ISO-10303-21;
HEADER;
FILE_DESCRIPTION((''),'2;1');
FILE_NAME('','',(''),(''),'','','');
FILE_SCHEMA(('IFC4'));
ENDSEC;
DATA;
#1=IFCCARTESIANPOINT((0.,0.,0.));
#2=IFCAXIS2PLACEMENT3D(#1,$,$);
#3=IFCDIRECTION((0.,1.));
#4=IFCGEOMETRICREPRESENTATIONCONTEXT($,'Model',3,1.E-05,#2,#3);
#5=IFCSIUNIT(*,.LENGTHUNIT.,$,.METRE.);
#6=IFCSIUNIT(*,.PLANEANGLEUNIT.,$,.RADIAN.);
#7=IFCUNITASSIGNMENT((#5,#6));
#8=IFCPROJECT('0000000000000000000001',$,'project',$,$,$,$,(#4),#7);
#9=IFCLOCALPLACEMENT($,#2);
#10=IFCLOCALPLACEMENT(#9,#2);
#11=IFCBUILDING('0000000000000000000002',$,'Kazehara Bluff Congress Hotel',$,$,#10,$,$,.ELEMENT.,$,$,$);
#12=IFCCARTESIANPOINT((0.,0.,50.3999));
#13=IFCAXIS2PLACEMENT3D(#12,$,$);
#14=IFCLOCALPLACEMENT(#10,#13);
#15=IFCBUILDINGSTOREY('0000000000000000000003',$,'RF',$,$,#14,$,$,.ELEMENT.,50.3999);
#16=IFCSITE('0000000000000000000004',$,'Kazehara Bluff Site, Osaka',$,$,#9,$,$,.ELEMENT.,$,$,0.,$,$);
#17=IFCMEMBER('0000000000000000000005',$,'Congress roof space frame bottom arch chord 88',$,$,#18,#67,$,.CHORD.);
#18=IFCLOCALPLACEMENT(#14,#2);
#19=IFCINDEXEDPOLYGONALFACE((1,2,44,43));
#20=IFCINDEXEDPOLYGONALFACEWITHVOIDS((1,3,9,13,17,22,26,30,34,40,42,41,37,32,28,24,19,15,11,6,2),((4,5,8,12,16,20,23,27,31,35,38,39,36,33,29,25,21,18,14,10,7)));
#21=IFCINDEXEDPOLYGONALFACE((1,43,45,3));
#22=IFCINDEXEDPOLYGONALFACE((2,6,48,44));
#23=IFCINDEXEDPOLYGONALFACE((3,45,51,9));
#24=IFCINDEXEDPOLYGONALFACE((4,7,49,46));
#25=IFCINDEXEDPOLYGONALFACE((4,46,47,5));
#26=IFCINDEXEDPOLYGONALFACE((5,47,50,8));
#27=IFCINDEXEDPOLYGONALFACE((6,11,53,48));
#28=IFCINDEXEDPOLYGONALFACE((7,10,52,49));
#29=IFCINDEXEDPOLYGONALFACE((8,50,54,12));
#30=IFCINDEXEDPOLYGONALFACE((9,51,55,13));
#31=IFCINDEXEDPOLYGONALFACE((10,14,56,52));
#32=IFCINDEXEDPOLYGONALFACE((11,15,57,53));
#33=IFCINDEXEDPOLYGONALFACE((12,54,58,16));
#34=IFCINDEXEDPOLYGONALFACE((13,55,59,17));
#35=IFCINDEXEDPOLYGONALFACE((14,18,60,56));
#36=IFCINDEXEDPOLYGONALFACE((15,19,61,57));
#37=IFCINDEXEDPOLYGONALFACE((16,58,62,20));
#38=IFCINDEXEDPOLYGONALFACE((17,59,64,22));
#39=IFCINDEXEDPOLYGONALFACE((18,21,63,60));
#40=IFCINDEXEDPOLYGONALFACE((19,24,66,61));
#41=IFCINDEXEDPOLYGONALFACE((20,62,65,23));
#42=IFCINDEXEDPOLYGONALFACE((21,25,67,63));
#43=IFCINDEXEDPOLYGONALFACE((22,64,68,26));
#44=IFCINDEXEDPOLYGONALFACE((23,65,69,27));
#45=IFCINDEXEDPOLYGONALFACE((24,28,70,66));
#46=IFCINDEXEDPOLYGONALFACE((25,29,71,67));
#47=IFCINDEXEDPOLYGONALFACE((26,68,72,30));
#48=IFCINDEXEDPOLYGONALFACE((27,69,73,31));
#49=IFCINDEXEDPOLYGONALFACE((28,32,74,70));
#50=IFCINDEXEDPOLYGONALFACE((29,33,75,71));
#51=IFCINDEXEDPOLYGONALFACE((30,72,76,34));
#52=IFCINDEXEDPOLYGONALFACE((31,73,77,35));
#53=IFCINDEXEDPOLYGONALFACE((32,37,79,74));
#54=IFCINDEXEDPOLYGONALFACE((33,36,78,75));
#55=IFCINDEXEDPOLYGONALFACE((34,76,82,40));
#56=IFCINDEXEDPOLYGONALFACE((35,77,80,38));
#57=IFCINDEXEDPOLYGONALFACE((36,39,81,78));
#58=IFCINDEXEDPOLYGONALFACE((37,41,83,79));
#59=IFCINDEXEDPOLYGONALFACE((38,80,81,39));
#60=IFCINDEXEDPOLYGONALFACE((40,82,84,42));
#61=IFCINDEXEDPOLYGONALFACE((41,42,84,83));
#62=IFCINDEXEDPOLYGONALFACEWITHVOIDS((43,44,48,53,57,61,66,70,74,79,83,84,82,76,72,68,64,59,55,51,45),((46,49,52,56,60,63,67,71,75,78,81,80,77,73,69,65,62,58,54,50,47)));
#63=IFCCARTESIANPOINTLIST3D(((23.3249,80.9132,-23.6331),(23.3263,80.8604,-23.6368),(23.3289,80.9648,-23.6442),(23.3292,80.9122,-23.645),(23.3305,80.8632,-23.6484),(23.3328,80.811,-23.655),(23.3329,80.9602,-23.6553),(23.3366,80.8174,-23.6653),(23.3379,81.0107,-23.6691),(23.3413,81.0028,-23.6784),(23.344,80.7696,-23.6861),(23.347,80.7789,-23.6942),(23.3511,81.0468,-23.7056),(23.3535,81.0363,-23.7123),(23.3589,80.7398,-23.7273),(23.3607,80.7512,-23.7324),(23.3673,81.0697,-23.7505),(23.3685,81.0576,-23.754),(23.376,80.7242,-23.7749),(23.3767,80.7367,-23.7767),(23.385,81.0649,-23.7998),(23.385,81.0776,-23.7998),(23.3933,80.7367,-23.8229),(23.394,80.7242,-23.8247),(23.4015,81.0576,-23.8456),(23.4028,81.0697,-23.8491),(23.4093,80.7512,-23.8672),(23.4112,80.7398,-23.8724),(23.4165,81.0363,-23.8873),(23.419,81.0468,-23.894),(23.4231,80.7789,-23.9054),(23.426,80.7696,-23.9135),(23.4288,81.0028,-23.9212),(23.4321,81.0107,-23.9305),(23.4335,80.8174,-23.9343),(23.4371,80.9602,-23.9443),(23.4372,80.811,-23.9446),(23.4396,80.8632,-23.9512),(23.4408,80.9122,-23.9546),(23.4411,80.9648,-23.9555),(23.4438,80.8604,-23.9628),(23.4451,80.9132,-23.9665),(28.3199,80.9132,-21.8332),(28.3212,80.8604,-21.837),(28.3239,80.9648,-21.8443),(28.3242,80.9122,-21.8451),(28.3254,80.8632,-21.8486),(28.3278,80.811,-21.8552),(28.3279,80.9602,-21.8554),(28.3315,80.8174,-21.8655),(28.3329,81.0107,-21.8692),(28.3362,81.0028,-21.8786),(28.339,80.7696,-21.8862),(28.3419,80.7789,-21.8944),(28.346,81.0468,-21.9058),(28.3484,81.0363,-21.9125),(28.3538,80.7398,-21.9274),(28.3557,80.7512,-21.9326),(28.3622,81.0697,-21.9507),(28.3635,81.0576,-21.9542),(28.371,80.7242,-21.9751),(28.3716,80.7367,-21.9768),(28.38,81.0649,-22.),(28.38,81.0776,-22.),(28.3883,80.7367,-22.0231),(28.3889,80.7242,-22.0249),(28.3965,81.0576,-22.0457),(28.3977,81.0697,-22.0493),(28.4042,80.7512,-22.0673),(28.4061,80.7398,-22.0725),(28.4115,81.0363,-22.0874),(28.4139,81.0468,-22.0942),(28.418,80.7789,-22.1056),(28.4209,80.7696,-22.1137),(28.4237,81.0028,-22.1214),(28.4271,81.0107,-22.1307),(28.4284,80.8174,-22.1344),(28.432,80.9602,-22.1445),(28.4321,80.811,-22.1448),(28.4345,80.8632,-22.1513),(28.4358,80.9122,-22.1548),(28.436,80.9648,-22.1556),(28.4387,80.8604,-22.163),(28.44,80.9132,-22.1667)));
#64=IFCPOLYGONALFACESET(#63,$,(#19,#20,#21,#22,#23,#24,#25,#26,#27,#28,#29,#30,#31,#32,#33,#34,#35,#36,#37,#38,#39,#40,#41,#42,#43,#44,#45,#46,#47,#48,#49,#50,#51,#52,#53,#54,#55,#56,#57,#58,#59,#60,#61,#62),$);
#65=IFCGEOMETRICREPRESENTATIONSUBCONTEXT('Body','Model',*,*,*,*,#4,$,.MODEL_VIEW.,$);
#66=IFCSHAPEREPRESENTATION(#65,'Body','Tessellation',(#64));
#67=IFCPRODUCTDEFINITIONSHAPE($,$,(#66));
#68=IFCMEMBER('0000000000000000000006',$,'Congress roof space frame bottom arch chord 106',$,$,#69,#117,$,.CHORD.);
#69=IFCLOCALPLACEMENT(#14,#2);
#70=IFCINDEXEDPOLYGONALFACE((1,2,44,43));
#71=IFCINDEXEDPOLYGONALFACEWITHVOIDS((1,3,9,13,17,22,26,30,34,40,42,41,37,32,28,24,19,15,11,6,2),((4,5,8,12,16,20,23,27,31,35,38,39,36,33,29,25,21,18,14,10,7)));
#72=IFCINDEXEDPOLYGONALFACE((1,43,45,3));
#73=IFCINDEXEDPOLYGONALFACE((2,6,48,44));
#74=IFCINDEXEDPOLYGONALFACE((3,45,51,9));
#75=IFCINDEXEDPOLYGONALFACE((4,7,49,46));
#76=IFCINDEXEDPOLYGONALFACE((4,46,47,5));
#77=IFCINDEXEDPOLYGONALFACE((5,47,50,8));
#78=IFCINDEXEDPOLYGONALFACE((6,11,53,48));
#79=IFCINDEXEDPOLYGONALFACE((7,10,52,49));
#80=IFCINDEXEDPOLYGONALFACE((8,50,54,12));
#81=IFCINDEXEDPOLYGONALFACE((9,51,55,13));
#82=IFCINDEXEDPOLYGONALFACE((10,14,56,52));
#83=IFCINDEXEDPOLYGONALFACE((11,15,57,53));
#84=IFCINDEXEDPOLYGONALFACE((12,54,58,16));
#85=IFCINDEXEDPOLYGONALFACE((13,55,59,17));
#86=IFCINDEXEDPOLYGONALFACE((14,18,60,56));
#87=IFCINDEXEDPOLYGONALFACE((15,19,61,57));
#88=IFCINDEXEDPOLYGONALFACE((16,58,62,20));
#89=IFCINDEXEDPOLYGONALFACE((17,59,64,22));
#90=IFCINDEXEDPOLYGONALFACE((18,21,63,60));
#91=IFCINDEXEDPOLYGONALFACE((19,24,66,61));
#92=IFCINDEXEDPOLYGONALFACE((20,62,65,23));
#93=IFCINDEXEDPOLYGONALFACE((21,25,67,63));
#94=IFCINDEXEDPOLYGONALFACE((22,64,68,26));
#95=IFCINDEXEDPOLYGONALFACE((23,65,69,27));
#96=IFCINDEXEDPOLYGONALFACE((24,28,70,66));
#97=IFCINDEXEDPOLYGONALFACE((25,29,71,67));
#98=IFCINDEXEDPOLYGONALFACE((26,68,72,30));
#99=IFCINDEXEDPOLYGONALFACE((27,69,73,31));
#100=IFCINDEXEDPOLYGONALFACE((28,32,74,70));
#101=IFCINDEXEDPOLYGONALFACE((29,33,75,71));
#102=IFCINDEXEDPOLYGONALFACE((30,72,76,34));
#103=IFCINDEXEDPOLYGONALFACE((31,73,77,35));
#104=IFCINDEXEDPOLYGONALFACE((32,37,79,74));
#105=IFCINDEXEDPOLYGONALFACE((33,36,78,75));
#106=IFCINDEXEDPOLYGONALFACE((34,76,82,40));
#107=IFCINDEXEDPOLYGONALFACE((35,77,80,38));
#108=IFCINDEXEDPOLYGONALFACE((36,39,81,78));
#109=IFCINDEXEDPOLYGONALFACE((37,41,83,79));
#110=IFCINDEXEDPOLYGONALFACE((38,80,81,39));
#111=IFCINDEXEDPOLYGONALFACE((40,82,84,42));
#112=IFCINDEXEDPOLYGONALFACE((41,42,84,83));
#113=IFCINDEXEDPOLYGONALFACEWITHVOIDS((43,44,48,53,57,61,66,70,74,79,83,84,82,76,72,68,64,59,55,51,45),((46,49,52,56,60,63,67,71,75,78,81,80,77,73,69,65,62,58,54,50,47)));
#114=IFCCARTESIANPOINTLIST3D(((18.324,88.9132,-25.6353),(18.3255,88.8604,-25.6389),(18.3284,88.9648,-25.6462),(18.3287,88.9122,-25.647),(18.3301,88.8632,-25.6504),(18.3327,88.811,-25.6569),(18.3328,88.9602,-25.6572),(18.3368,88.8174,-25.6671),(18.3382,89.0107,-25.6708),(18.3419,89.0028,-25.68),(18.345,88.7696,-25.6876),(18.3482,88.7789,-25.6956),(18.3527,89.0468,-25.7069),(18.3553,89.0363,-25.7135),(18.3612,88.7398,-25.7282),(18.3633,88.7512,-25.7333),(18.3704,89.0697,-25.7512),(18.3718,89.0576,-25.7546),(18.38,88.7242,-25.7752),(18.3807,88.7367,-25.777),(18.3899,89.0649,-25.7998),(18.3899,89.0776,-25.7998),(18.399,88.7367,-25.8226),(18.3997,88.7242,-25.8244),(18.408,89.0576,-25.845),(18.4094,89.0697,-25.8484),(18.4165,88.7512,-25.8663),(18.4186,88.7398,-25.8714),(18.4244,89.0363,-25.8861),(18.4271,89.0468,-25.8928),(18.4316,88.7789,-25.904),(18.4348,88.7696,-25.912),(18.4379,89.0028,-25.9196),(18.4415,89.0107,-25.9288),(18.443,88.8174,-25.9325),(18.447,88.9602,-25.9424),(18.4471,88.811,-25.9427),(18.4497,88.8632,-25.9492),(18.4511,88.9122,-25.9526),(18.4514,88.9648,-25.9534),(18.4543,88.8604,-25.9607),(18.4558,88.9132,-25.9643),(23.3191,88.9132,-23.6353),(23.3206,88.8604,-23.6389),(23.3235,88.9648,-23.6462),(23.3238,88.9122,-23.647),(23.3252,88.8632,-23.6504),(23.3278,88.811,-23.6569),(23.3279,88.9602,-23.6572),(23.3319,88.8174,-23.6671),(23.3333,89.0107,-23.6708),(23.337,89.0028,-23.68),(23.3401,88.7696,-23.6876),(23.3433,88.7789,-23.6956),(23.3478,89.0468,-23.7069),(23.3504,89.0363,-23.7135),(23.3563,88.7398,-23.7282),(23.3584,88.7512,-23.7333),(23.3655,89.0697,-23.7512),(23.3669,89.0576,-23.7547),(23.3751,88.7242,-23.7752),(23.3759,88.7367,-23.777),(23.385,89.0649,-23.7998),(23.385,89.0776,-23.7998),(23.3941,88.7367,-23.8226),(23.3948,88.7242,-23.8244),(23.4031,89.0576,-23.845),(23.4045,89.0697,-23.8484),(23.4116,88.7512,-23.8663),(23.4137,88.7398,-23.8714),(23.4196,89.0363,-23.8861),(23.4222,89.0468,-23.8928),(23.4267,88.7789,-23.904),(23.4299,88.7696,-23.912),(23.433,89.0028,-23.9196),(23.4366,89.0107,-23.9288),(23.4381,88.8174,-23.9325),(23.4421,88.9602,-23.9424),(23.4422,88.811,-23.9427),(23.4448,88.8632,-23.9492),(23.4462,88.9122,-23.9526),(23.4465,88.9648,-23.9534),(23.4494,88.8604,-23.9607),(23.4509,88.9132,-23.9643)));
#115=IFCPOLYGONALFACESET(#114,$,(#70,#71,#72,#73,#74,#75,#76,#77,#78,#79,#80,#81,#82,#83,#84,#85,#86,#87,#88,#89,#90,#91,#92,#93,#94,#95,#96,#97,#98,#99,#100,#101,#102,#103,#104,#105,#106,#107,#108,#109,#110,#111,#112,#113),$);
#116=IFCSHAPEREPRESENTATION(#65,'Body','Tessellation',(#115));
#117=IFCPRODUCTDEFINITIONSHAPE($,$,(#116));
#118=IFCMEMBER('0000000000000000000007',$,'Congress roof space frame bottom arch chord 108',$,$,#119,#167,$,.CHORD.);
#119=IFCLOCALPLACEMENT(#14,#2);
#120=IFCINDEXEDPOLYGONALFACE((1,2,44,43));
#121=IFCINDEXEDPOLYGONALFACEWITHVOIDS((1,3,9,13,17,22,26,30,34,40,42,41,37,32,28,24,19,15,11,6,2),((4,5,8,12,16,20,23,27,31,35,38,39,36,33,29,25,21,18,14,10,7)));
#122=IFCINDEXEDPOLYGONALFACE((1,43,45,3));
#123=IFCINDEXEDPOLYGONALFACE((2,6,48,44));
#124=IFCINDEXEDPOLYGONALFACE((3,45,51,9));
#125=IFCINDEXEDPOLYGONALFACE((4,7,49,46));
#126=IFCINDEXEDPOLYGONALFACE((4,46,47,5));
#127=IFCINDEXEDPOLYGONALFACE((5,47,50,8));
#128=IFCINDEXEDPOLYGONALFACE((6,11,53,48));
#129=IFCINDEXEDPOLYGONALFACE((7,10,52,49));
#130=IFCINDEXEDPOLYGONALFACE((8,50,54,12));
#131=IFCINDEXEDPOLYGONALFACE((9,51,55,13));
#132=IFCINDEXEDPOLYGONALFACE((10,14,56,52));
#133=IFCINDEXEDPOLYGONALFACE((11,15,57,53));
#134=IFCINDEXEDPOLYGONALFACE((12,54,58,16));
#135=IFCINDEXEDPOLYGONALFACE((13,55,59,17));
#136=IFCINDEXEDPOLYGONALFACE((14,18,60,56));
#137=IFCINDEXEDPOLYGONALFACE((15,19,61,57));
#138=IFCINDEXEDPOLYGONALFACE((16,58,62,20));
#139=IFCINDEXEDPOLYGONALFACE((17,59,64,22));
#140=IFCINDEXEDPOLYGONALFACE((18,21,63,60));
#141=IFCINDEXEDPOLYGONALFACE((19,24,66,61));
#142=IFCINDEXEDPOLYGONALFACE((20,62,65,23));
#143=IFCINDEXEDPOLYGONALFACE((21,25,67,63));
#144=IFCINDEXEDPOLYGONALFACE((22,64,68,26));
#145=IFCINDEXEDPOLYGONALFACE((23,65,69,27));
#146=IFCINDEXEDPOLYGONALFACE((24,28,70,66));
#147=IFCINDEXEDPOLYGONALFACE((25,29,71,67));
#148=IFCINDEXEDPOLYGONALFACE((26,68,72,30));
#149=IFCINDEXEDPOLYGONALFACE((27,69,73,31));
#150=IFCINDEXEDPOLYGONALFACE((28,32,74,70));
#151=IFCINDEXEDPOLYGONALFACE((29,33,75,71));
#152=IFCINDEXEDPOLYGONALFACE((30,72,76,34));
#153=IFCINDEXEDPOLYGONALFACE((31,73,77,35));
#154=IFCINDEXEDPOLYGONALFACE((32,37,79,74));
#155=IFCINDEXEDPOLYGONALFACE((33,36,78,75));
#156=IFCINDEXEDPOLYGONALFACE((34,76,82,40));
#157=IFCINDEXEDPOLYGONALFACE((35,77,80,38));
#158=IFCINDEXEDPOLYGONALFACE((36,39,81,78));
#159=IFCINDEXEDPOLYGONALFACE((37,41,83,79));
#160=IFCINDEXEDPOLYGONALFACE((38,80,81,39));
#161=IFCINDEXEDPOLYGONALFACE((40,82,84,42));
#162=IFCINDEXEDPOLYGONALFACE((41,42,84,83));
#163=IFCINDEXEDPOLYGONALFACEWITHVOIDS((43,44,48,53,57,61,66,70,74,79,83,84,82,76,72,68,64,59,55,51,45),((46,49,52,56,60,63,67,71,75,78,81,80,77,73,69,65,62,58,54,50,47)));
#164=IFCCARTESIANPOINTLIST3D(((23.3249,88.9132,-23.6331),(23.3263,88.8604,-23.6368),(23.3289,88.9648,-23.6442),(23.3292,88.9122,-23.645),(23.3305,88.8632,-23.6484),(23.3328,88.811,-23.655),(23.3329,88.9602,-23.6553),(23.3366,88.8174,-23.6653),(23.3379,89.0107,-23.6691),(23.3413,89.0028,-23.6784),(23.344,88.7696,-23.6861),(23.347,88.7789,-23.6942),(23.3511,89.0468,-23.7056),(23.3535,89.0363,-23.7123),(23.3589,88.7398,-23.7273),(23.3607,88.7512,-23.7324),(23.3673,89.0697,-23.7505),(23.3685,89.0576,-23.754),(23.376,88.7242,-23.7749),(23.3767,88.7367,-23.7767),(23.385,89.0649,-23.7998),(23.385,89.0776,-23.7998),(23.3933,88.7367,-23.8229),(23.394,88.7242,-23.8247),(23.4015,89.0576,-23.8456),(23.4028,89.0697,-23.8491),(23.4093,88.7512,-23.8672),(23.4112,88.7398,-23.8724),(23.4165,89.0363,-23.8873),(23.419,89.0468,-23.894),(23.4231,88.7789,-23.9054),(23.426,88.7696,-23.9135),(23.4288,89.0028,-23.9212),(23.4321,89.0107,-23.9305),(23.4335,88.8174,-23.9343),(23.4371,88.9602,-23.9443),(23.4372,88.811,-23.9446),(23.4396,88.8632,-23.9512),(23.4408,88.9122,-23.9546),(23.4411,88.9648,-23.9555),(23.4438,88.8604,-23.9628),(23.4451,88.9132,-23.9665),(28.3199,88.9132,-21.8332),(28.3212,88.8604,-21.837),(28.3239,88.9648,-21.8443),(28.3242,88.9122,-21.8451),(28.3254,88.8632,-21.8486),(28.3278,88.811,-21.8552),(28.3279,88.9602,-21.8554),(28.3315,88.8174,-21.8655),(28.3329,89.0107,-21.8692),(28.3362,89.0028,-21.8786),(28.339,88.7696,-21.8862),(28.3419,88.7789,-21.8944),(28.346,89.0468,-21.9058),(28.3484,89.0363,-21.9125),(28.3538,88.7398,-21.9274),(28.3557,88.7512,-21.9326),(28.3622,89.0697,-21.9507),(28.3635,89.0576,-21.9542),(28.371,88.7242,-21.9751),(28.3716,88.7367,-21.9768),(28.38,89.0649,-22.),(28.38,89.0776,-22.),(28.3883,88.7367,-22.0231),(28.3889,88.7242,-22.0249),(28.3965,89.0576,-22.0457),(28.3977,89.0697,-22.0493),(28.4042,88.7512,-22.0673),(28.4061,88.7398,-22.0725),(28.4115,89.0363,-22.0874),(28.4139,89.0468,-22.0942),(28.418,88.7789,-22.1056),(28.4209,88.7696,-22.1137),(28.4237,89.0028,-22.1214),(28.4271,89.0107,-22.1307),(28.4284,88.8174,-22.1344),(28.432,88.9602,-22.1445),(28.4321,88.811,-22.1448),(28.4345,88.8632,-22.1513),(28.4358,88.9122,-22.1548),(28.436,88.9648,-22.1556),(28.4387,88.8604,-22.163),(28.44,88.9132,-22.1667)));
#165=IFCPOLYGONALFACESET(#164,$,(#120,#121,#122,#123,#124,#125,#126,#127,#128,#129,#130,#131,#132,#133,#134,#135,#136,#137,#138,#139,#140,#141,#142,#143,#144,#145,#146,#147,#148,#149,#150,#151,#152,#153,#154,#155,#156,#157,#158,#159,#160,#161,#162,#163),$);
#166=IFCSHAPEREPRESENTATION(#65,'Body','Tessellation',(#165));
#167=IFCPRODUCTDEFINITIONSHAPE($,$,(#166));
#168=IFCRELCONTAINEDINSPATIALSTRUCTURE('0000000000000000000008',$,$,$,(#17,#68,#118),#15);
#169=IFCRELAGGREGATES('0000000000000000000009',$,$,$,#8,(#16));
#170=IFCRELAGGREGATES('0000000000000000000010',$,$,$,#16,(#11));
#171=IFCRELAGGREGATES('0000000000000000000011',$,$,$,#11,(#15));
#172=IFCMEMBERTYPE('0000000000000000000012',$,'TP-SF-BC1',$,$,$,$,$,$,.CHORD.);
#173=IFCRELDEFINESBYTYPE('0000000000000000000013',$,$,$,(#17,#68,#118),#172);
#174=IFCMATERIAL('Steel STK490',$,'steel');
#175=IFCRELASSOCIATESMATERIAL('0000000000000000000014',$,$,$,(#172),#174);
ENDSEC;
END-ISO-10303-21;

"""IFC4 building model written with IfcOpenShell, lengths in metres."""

from ifc_helpers import new_model, si_unit, direction, frame, origin, origin_2d, place, context, subcontext, project, spatial, hollow_circle, extrude, material, material_profile, profile_set, type_object, element, save


model = new_model("IFC4")

# Units and contexts
model_context = context("Model", 3, precision=1e-05, world=origin(), true_north=direction((0.0, 1.0)))
body_context = subcontext(model_context, "Body", "Model", "MODEL_VIEW")
ifc_project = project(units=[si_unit("LENGTHUNIT", "METRE"), si_unit("PLANEANGLEUNIT", "RADIAN")], contexts=[model_context])

# Site, building, storey
site_placement = place(None, origin())
site = spatial("IfcSite", under=ifc_project, at=site_placement, Name="Kazehara Bluff Site, Osaka", CompositionType="ELEMENT", RefElevation=0.0)
building_placement = place(site_placement, origin())
building = spatial("IfcBuilding", under=site, at=building_placement, Name="Kazehara Bluff Congress Hotel", CompositionType="ELEMENT")
storey_placement = place(building_placement, frame((0.0, 0.0, 50.3999)))
storey = spatial("IfcBuildingStorey", under=building, at=storey_placement, Name="RF", CompositionType="ELEMENT", Elevation=50.3999)

# Members
ifc_material_1 = material(Name="Steel STK490", Category="steel")
ifc_material_profile_1 = material_profile(ifc_material_1, hollow_circle(Radius=0.1777, WallThickness=0.0127, at=origin_2d()))
ifc_profile_set_1 = profile_set([ifc_material_profile_1], Name="Steel STK490")
member_type_1 = type_object("IfcMemberType", Name="TP-SF-BC1", PredefinedType="CHORD", material=ifc_profile_set_1)
member_1_placement = place(storey_placement, frame((23.385, 80.8999, -23.7998), z_axis=(0.940788, 0.0, 0.338995), x_axis=(0.0, 1.0, 0.0)))
element("IfcMember", 1, at=member_1_placement, inside=storey, type_object=member_type_1, Name="Congress roof space frame bottom arch chord 88", PredefinedType="CHORD", context=body_context, shape_type="SweptSolid", body=[
    extrude(hollow_circle(Radius=0.1777, WallThickness=0.0127, at=origin_2d()), origin(), (0.0, 0.0, 1.0), 5.3093),
])
member_2_placement = place(storey_placement, frame((18.3899, 88.8999, -25.7998), z_axis=(0.928351, 0.0, 0.371704), x_axis=(0.0, 1.0, 0.0)))
element("IfcMember", 2, at=member_2_placement, inside=storey, type_object=member_type_1, Name="Congress roof space frame bottom arch chord 106", PredefinedType="CHORD", context=body_context, shape_type="SweptSolid", body=[
    extrude(hollow_circle(Radius=0.1777, WallThickness=0.0127, at=origin_2d()), origin(), (0.0, 0.0, 1.0), 5.3806),
])
member_3_placement = place(storey_placement, frame((23.385, 88.8999, -23.7998), z_axis=(0.940788, 0.0, 0.338995), x_axis=(0.0, 1.0, 0.0)))
element("IfcMember", 3, at=member_3_placement, inside=storey, type_object=member_type_1, Name="Congress roof space frame bottom arch chord 108", PredefinedType="CHORD", context=body_context, shape_type="SweptSolid", body=[
    extrude(hollow_circle(Radius=0.1777, WallThickness=0.0127, at=origin_2d()), origin(), (0.0, 0.0, 1.0), 5.3093),
])

save(model, "model.ifc")
